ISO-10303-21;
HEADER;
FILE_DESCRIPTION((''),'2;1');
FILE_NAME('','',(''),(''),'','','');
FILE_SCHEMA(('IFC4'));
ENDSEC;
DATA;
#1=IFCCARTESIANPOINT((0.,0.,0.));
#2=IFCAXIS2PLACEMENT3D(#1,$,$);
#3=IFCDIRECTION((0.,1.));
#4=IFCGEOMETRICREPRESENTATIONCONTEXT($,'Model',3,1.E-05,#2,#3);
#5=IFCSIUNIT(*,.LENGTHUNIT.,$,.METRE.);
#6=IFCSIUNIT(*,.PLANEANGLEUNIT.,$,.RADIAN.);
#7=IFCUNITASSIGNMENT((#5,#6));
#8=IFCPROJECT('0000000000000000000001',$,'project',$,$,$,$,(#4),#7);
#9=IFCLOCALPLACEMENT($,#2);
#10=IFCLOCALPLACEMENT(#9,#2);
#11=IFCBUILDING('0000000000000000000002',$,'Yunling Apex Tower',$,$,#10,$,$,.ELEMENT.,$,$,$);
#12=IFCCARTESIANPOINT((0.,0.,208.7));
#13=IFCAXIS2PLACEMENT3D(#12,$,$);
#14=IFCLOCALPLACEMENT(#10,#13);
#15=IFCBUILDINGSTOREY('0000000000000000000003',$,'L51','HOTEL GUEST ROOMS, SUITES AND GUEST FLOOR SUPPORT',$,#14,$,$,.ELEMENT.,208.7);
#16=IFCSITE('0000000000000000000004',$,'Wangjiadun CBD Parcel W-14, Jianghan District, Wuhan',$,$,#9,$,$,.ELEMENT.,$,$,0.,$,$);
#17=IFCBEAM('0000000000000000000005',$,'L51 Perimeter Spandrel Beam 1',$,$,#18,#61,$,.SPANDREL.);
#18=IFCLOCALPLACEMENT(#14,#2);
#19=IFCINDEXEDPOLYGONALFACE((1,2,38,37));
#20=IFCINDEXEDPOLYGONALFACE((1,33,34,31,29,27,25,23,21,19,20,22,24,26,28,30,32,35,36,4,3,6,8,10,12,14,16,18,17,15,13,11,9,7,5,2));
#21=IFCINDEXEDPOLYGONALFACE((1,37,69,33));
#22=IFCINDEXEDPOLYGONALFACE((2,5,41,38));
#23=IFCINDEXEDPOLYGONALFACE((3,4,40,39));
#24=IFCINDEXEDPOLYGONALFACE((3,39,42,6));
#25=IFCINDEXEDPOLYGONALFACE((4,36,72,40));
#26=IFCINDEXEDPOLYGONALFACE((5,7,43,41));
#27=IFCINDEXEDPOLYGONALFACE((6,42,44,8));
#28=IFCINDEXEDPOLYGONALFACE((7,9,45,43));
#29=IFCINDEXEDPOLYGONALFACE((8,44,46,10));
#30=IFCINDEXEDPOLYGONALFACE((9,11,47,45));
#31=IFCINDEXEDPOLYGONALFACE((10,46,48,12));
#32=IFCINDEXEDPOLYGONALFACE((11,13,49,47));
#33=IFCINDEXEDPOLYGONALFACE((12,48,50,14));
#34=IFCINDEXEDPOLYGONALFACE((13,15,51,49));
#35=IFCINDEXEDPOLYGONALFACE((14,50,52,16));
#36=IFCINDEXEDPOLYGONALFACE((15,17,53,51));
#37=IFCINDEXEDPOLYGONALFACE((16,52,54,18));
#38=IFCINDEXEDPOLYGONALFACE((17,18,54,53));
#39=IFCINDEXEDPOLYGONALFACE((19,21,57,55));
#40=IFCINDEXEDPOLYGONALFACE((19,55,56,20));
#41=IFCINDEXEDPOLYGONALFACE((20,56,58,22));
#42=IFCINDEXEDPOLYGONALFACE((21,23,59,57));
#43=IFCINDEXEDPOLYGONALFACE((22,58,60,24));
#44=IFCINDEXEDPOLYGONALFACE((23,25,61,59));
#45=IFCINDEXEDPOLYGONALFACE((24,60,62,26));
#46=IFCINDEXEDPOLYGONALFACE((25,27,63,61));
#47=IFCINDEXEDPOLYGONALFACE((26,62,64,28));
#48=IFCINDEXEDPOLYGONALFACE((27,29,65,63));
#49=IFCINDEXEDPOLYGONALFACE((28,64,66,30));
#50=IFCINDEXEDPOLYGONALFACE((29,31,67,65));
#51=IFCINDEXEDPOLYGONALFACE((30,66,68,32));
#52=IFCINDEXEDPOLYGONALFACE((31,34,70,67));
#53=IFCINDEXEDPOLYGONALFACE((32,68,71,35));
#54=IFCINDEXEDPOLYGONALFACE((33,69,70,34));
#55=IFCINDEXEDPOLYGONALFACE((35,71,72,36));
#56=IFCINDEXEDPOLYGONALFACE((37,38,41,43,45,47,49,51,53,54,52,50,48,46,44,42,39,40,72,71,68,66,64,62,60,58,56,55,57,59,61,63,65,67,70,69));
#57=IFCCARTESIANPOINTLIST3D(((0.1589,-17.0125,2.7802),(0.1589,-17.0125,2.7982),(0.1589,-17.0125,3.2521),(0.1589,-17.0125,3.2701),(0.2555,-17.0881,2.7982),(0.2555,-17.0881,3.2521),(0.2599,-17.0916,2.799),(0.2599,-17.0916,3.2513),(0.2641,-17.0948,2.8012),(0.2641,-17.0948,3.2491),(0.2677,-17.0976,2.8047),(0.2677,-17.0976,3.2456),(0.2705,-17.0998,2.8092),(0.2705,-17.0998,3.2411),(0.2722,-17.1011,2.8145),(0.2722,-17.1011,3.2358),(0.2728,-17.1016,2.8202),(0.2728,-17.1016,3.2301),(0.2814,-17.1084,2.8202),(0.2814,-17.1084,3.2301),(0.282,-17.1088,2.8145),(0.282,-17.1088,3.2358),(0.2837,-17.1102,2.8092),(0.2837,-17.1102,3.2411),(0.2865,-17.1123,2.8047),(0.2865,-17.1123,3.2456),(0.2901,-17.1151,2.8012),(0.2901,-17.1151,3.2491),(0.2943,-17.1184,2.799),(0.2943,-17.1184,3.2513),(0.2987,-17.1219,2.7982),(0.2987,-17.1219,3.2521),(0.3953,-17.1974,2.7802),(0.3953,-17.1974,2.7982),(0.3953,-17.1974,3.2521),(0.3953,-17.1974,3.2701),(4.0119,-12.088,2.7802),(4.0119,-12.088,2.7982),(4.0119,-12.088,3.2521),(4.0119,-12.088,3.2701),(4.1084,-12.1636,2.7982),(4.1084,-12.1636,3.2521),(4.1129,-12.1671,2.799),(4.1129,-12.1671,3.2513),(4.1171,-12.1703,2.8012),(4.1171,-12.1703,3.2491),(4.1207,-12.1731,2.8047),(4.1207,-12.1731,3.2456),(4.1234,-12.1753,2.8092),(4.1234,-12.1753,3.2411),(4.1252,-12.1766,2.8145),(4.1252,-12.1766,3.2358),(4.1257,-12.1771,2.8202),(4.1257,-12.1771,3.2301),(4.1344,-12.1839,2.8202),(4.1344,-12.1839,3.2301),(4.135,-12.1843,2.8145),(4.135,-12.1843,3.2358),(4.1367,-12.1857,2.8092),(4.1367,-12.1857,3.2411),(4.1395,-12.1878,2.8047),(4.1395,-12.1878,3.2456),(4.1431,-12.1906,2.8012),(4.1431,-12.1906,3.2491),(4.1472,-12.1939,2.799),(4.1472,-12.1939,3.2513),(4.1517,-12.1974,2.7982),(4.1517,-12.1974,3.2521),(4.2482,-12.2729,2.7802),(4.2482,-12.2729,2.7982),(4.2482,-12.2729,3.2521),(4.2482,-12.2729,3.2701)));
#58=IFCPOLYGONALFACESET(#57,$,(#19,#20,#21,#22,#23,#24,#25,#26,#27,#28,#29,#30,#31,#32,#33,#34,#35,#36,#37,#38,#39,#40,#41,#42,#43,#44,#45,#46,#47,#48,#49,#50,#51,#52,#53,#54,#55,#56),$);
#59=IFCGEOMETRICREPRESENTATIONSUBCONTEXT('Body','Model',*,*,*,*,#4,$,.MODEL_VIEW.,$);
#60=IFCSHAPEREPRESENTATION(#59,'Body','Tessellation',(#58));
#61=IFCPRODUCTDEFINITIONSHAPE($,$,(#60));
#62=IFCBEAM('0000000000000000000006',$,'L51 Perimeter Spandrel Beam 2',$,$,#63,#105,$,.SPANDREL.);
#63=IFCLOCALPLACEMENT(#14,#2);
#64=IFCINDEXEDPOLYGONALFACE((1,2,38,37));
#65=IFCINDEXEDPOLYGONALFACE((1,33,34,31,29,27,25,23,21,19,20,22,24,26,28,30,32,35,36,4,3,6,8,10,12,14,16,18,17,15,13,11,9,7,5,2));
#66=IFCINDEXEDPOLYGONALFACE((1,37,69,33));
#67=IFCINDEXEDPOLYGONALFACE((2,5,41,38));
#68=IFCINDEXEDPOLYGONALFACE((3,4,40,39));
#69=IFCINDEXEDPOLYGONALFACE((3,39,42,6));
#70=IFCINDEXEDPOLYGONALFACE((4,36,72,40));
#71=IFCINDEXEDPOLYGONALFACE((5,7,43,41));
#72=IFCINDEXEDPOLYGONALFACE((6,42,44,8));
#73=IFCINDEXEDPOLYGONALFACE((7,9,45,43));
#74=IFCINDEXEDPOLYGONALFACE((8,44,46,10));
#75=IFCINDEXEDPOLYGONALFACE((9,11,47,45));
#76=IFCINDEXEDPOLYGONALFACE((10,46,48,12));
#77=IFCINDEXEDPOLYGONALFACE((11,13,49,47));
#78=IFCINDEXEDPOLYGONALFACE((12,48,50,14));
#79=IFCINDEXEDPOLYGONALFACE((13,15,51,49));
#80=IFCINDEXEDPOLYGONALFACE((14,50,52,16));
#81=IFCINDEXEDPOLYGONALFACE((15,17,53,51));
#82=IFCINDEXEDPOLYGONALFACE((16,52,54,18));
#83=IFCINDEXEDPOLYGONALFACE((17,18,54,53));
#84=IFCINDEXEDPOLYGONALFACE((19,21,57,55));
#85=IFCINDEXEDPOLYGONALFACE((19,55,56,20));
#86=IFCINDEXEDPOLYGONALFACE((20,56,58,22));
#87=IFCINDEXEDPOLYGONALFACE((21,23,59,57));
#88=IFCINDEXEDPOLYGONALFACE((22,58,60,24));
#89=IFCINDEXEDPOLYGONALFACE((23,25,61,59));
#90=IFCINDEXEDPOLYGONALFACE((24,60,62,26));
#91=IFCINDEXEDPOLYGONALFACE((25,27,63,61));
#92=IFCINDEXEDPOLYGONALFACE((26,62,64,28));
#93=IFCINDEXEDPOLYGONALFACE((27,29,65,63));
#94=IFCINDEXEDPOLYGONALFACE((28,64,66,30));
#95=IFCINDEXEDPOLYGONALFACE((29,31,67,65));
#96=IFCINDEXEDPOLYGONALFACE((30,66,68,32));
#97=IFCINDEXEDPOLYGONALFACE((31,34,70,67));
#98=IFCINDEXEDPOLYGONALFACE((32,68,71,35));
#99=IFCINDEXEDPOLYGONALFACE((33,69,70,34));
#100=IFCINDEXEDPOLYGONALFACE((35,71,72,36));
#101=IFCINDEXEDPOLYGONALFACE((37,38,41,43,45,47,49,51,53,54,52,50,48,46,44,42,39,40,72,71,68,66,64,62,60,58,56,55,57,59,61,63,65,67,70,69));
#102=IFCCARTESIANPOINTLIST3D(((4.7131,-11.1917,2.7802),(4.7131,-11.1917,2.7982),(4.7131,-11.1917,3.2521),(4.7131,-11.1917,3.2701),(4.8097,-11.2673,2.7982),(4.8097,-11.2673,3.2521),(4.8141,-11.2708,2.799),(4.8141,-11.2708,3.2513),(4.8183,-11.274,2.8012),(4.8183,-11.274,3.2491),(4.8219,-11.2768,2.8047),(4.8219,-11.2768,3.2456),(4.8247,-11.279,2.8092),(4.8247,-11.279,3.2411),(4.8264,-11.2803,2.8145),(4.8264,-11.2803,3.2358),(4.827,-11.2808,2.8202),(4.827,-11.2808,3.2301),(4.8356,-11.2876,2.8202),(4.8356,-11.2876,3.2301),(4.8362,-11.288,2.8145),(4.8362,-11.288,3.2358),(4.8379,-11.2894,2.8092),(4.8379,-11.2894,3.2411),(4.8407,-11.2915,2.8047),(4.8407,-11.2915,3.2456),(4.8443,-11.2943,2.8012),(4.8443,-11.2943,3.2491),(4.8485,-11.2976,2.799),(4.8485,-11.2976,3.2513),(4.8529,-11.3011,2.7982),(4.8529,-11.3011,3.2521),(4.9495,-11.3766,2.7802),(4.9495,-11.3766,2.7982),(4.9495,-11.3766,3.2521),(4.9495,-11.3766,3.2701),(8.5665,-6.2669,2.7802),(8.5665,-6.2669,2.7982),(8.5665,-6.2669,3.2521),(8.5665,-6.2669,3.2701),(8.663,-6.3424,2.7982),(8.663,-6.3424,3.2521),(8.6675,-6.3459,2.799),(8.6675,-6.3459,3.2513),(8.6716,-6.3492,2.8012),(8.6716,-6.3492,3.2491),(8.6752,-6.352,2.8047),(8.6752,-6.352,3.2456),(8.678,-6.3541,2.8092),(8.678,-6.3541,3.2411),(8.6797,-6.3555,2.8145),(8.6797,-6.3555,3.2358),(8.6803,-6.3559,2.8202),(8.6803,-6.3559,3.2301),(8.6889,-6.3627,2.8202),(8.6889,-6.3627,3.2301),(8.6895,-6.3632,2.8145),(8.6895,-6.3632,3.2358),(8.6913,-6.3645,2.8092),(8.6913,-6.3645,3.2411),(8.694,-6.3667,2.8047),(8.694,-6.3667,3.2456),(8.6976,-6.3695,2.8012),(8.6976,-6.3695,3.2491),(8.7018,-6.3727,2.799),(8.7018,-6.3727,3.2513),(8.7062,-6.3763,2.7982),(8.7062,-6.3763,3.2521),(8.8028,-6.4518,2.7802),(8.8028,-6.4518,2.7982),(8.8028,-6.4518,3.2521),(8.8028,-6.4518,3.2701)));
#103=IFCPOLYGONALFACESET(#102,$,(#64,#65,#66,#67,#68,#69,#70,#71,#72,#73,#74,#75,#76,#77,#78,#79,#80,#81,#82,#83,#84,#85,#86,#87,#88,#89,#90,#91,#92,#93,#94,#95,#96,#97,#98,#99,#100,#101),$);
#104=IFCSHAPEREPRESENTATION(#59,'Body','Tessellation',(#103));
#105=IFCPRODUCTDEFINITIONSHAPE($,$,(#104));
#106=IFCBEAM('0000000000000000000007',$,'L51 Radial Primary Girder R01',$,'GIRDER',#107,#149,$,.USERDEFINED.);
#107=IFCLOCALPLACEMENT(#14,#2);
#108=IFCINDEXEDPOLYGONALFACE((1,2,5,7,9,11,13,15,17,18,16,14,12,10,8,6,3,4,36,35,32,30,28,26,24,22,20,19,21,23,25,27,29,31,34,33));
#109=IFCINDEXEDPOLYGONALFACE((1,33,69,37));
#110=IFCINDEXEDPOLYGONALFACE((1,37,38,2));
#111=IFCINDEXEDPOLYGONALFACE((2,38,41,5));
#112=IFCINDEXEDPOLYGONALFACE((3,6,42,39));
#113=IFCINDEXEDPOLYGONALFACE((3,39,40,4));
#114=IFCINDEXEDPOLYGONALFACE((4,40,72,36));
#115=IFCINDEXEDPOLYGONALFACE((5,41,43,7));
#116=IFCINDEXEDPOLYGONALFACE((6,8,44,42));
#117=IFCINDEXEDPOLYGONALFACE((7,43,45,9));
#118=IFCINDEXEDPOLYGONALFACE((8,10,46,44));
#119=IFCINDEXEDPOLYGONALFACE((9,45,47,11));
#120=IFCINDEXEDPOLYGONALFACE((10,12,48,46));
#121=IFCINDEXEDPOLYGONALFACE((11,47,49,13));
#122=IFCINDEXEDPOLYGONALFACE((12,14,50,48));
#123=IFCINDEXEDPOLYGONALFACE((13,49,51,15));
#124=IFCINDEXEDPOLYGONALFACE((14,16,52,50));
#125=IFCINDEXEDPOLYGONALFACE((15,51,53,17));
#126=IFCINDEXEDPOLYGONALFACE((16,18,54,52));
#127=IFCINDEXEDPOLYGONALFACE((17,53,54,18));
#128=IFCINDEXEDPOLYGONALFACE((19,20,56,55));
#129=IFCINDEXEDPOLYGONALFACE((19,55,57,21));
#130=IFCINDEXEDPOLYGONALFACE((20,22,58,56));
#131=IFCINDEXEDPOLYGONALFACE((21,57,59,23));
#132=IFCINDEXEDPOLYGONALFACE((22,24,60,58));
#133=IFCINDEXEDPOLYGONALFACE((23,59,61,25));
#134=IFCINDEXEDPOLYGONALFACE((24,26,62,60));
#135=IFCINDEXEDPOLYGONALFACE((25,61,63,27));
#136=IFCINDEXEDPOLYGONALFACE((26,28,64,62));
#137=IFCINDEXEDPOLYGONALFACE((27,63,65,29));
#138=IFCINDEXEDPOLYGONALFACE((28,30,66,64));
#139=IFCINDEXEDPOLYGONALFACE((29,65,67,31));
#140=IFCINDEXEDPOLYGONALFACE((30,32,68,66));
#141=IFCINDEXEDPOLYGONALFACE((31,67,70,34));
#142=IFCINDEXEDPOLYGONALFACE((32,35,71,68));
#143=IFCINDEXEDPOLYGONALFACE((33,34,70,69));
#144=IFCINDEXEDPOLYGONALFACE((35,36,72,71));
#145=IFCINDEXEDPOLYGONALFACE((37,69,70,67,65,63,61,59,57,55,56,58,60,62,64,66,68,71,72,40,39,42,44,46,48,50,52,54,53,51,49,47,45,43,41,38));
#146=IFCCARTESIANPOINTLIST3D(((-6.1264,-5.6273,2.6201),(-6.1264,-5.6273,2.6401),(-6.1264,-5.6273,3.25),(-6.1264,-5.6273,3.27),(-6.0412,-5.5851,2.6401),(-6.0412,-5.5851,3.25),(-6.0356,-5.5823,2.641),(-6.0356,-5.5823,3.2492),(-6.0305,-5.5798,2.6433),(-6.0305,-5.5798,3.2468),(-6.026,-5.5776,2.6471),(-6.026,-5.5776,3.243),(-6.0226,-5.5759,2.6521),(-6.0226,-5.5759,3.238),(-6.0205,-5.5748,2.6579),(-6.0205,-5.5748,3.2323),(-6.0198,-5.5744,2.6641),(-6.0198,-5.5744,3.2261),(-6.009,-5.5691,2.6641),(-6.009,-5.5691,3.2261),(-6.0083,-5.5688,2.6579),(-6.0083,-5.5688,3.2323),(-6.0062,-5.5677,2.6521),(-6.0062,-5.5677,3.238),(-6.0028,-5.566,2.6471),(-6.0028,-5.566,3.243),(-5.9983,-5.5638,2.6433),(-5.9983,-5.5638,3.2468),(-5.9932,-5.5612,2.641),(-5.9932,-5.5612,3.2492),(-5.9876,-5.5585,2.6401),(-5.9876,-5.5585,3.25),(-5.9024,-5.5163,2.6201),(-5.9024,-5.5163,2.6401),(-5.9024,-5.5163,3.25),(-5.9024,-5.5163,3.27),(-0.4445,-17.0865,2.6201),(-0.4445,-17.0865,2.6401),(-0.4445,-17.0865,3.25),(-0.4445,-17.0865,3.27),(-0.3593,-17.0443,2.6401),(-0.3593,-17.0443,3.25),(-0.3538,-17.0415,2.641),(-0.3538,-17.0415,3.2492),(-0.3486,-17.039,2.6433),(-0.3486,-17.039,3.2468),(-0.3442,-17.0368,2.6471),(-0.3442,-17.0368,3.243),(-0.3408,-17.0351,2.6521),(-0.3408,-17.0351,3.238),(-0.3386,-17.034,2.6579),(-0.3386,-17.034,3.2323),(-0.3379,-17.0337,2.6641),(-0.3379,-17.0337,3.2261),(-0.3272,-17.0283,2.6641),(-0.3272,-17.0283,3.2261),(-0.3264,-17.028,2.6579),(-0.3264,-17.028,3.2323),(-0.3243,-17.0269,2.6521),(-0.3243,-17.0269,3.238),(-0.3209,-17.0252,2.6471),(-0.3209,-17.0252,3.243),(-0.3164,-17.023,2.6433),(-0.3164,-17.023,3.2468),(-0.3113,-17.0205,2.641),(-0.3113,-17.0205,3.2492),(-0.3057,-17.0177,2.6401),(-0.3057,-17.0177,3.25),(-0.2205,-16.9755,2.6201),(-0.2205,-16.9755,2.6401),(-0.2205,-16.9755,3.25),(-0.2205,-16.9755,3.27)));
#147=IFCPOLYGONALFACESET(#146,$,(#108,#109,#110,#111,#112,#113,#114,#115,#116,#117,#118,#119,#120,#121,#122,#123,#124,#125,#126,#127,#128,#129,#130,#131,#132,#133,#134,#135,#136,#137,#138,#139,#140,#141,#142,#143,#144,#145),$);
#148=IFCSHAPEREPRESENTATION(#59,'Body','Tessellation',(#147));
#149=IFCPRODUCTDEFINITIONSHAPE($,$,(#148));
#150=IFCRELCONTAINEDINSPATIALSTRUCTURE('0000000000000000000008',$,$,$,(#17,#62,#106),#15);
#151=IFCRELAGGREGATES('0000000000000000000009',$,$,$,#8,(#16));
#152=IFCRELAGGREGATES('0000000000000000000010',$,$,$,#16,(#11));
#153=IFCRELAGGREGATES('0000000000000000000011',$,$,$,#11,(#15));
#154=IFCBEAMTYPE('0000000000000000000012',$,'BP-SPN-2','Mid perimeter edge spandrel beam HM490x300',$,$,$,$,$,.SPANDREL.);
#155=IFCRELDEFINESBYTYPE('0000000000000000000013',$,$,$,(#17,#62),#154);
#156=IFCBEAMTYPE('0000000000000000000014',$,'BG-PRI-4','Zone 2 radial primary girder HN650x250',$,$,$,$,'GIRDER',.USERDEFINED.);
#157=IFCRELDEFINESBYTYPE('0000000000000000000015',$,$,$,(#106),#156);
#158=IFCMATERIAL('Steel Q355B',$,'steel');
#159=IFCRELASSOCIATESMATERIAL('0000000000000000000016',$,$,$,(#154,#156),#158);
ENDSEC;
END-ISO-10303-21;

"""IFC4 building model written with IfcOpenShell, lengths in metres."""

from ifc_helpers import new_model, si_unit, direction, frame, origin, origin_2d, place, context, subcontext, project, spatial, i_section, extrude, source, transform, mapped, material, material_profile, profile_set, type_object, element, save


model = new_model("IFC4")

# Units and contexts
model_context = context("Model", 3, precision=1e-05, world=origin(), true_north=direction((0.0, 1.0)))
body_context = subcontext(model_context, "Body", "Model", "MODEL_VIEW")
ifc_project = project(units=[si_unit("LENGTHUNIT", "METRE"), si_unit("PLANEANGLEUNIT", "RADIAN")], contexts=[model_context])

# Site, building, storey
site_placement = place(None, origin())
site = spatial("IfcSite", under=ifc_project, at=site_placement, Name="Wangjiadun CBD Parcel W-14, Jianghan District, Wuhan", CompositionType="ELEMENT", RefElevation=0.0)
building_placement = place(site_placement, origin())
building = spatial("IfcBuilding", under=site, at=building_placement, Name="Yunling Apex Tower", CompositionType="ELEMENT")
storey_placement = place(building_placement, frame((0.0, 0.0, 208.7)))
storey = spatial("IfcBuildingStorey", under=building, at=storey_placement, Name="L51", Description="HOTEL GUEST ROOMS, SUITES AND GUEST FLOOR SUPPORT", CompositionType="ELEMENT", Elevation=208.7)

# Beams
ifc_material_1 = material(Name="Steel Q355B", Category="steel")
ifc_material_profile_1 = material_profile(ifc_material_1, i_section(OverallWidth=0.3, OverallDepth=0.49, WebThickness=0.011, FlangeThickness=0.0181, FilletRadius=0.022, at=origin_2d()))
ifc_profile_set_1 = profile_set([ifc_material_profile_1], Name="Steel Q355B")
beam_type_1 = type_object("IfcBeamType", Name="BP-SPN-2", Description="Mid perimeter edge spandrel beam HM490x300", PredefinedType="SPANDREL", material=ifc_profile_set_1)
shared_shape_1 = source(origin(), body_context, "Body", "SweptSolid", [
    extrude(i_section(OverallWidth=0.3, OverallDepth=0.49, WebThickness=0.011, FlangeThickness=0.0181, FilletRadius=0.022, at=origin_2d()), origin(), (0.0, 0.0, 1.0), 6.2527),
])
beam_1_placement = place(storey_placement, frame((0.2771, -17.105, 3.0251), z_axis=(0.616211, 0.787581, 0.0), x_axis=(-0.787581, 0.616211, 0.0)))
element("IfcBeam", 1, at=beam_1_placement, inside=storey, type_object=beam_type_1, Name="L51 Perimeter Spandrel Beam 1", PredefinedType="SPANDREL", context=body_context, shape_type="MappedRepresentation", body=[
    mapped(shared_shape_1, transform((0.0, 0.0, 0.0), scale=1.0)),
])
shared_shape_2 = source(origin(), body_context, "Body", "SweptSolid", [
    extrude(i_section(OverallWidth=0.3, OverallDepth=0.49, WebThickness=0.011, FlangeThickness=0.0181, FilletRadius=0.022, at=origin_2d()), origin(), (0.0, 0.0, 1.0), 6.2532),
])
beam_2_placement = place(storey_placement, frame((4.8313, -11.2842, 3.0251), z_axis=(0.616217, 0.787577, 0.0), x_axis=(-0.787577, 0.616217, 0.0)))
element("IfcBeam", 2, at=beam_2_placement, inside=storey, type_object=beam_type_1, Name="L51 Perimeter Spandrel Beam 2", PredefinedType="SPANDREL", context=body_context, shape_type="MappedRepresentation", body=[
    mapped(shared_shape_2, transform((0.0, 0.0, 0.0), scale=1.0)),
])
ifc_material_profile_2 = material_profile(ifc_material_1, i_section(OverallWidth=0.25, OverallDepth=0.6499, WebThickness=0.012, FlangeThickness=0.02, FilletRadius=0.0239, at=origin_2d()))
ifc_profile_set_2 = profile_set([ifc_material_profile_2], Name="Steel Q355B")
beam_type_2 = type_object("IfcBeamType", Name="BG-PRI-4", Description="Zone 2 radial primary girder HN650x250", ElementType="GIRDER", PredefinedType="USERDEFINED", material=ifc_profile_set_2)
shared_shape_3 = source(origin(), body_context, "Body", "SweptSolid", [
    extrude(i_section(OverallWidth=0.25, OverallDepth=0.6499, WebThickness=0.012, FlangeThickness=0.02, FilletRadius=0.0239, at=origin_2d()), origin(), (0.0, 0.0, 1.0), 12.7905),
])
beam_3_placement = place(storey_placement, frame((-0.3325, -17.031, 2.9451), z_axis=(-0.444226, 0.895915, 0.0), x_axis=(-0.895915, -0.444226, 0.0)))
element("IfcBeam", 3, at=beam_3_placement, inside=storey, type_object=beam_type_2, Name="L51 Radial Primary Girder R01", ObjectType="GIRDER", PredefinedType="USERDEFINED", context=body_context, shape_type="MappedRepresentation", body=[
    mapped(shared_shape_3, transform((0.0, 0.0, 0.0), scale=1.0)),
])

save(model, "model.ifc")
